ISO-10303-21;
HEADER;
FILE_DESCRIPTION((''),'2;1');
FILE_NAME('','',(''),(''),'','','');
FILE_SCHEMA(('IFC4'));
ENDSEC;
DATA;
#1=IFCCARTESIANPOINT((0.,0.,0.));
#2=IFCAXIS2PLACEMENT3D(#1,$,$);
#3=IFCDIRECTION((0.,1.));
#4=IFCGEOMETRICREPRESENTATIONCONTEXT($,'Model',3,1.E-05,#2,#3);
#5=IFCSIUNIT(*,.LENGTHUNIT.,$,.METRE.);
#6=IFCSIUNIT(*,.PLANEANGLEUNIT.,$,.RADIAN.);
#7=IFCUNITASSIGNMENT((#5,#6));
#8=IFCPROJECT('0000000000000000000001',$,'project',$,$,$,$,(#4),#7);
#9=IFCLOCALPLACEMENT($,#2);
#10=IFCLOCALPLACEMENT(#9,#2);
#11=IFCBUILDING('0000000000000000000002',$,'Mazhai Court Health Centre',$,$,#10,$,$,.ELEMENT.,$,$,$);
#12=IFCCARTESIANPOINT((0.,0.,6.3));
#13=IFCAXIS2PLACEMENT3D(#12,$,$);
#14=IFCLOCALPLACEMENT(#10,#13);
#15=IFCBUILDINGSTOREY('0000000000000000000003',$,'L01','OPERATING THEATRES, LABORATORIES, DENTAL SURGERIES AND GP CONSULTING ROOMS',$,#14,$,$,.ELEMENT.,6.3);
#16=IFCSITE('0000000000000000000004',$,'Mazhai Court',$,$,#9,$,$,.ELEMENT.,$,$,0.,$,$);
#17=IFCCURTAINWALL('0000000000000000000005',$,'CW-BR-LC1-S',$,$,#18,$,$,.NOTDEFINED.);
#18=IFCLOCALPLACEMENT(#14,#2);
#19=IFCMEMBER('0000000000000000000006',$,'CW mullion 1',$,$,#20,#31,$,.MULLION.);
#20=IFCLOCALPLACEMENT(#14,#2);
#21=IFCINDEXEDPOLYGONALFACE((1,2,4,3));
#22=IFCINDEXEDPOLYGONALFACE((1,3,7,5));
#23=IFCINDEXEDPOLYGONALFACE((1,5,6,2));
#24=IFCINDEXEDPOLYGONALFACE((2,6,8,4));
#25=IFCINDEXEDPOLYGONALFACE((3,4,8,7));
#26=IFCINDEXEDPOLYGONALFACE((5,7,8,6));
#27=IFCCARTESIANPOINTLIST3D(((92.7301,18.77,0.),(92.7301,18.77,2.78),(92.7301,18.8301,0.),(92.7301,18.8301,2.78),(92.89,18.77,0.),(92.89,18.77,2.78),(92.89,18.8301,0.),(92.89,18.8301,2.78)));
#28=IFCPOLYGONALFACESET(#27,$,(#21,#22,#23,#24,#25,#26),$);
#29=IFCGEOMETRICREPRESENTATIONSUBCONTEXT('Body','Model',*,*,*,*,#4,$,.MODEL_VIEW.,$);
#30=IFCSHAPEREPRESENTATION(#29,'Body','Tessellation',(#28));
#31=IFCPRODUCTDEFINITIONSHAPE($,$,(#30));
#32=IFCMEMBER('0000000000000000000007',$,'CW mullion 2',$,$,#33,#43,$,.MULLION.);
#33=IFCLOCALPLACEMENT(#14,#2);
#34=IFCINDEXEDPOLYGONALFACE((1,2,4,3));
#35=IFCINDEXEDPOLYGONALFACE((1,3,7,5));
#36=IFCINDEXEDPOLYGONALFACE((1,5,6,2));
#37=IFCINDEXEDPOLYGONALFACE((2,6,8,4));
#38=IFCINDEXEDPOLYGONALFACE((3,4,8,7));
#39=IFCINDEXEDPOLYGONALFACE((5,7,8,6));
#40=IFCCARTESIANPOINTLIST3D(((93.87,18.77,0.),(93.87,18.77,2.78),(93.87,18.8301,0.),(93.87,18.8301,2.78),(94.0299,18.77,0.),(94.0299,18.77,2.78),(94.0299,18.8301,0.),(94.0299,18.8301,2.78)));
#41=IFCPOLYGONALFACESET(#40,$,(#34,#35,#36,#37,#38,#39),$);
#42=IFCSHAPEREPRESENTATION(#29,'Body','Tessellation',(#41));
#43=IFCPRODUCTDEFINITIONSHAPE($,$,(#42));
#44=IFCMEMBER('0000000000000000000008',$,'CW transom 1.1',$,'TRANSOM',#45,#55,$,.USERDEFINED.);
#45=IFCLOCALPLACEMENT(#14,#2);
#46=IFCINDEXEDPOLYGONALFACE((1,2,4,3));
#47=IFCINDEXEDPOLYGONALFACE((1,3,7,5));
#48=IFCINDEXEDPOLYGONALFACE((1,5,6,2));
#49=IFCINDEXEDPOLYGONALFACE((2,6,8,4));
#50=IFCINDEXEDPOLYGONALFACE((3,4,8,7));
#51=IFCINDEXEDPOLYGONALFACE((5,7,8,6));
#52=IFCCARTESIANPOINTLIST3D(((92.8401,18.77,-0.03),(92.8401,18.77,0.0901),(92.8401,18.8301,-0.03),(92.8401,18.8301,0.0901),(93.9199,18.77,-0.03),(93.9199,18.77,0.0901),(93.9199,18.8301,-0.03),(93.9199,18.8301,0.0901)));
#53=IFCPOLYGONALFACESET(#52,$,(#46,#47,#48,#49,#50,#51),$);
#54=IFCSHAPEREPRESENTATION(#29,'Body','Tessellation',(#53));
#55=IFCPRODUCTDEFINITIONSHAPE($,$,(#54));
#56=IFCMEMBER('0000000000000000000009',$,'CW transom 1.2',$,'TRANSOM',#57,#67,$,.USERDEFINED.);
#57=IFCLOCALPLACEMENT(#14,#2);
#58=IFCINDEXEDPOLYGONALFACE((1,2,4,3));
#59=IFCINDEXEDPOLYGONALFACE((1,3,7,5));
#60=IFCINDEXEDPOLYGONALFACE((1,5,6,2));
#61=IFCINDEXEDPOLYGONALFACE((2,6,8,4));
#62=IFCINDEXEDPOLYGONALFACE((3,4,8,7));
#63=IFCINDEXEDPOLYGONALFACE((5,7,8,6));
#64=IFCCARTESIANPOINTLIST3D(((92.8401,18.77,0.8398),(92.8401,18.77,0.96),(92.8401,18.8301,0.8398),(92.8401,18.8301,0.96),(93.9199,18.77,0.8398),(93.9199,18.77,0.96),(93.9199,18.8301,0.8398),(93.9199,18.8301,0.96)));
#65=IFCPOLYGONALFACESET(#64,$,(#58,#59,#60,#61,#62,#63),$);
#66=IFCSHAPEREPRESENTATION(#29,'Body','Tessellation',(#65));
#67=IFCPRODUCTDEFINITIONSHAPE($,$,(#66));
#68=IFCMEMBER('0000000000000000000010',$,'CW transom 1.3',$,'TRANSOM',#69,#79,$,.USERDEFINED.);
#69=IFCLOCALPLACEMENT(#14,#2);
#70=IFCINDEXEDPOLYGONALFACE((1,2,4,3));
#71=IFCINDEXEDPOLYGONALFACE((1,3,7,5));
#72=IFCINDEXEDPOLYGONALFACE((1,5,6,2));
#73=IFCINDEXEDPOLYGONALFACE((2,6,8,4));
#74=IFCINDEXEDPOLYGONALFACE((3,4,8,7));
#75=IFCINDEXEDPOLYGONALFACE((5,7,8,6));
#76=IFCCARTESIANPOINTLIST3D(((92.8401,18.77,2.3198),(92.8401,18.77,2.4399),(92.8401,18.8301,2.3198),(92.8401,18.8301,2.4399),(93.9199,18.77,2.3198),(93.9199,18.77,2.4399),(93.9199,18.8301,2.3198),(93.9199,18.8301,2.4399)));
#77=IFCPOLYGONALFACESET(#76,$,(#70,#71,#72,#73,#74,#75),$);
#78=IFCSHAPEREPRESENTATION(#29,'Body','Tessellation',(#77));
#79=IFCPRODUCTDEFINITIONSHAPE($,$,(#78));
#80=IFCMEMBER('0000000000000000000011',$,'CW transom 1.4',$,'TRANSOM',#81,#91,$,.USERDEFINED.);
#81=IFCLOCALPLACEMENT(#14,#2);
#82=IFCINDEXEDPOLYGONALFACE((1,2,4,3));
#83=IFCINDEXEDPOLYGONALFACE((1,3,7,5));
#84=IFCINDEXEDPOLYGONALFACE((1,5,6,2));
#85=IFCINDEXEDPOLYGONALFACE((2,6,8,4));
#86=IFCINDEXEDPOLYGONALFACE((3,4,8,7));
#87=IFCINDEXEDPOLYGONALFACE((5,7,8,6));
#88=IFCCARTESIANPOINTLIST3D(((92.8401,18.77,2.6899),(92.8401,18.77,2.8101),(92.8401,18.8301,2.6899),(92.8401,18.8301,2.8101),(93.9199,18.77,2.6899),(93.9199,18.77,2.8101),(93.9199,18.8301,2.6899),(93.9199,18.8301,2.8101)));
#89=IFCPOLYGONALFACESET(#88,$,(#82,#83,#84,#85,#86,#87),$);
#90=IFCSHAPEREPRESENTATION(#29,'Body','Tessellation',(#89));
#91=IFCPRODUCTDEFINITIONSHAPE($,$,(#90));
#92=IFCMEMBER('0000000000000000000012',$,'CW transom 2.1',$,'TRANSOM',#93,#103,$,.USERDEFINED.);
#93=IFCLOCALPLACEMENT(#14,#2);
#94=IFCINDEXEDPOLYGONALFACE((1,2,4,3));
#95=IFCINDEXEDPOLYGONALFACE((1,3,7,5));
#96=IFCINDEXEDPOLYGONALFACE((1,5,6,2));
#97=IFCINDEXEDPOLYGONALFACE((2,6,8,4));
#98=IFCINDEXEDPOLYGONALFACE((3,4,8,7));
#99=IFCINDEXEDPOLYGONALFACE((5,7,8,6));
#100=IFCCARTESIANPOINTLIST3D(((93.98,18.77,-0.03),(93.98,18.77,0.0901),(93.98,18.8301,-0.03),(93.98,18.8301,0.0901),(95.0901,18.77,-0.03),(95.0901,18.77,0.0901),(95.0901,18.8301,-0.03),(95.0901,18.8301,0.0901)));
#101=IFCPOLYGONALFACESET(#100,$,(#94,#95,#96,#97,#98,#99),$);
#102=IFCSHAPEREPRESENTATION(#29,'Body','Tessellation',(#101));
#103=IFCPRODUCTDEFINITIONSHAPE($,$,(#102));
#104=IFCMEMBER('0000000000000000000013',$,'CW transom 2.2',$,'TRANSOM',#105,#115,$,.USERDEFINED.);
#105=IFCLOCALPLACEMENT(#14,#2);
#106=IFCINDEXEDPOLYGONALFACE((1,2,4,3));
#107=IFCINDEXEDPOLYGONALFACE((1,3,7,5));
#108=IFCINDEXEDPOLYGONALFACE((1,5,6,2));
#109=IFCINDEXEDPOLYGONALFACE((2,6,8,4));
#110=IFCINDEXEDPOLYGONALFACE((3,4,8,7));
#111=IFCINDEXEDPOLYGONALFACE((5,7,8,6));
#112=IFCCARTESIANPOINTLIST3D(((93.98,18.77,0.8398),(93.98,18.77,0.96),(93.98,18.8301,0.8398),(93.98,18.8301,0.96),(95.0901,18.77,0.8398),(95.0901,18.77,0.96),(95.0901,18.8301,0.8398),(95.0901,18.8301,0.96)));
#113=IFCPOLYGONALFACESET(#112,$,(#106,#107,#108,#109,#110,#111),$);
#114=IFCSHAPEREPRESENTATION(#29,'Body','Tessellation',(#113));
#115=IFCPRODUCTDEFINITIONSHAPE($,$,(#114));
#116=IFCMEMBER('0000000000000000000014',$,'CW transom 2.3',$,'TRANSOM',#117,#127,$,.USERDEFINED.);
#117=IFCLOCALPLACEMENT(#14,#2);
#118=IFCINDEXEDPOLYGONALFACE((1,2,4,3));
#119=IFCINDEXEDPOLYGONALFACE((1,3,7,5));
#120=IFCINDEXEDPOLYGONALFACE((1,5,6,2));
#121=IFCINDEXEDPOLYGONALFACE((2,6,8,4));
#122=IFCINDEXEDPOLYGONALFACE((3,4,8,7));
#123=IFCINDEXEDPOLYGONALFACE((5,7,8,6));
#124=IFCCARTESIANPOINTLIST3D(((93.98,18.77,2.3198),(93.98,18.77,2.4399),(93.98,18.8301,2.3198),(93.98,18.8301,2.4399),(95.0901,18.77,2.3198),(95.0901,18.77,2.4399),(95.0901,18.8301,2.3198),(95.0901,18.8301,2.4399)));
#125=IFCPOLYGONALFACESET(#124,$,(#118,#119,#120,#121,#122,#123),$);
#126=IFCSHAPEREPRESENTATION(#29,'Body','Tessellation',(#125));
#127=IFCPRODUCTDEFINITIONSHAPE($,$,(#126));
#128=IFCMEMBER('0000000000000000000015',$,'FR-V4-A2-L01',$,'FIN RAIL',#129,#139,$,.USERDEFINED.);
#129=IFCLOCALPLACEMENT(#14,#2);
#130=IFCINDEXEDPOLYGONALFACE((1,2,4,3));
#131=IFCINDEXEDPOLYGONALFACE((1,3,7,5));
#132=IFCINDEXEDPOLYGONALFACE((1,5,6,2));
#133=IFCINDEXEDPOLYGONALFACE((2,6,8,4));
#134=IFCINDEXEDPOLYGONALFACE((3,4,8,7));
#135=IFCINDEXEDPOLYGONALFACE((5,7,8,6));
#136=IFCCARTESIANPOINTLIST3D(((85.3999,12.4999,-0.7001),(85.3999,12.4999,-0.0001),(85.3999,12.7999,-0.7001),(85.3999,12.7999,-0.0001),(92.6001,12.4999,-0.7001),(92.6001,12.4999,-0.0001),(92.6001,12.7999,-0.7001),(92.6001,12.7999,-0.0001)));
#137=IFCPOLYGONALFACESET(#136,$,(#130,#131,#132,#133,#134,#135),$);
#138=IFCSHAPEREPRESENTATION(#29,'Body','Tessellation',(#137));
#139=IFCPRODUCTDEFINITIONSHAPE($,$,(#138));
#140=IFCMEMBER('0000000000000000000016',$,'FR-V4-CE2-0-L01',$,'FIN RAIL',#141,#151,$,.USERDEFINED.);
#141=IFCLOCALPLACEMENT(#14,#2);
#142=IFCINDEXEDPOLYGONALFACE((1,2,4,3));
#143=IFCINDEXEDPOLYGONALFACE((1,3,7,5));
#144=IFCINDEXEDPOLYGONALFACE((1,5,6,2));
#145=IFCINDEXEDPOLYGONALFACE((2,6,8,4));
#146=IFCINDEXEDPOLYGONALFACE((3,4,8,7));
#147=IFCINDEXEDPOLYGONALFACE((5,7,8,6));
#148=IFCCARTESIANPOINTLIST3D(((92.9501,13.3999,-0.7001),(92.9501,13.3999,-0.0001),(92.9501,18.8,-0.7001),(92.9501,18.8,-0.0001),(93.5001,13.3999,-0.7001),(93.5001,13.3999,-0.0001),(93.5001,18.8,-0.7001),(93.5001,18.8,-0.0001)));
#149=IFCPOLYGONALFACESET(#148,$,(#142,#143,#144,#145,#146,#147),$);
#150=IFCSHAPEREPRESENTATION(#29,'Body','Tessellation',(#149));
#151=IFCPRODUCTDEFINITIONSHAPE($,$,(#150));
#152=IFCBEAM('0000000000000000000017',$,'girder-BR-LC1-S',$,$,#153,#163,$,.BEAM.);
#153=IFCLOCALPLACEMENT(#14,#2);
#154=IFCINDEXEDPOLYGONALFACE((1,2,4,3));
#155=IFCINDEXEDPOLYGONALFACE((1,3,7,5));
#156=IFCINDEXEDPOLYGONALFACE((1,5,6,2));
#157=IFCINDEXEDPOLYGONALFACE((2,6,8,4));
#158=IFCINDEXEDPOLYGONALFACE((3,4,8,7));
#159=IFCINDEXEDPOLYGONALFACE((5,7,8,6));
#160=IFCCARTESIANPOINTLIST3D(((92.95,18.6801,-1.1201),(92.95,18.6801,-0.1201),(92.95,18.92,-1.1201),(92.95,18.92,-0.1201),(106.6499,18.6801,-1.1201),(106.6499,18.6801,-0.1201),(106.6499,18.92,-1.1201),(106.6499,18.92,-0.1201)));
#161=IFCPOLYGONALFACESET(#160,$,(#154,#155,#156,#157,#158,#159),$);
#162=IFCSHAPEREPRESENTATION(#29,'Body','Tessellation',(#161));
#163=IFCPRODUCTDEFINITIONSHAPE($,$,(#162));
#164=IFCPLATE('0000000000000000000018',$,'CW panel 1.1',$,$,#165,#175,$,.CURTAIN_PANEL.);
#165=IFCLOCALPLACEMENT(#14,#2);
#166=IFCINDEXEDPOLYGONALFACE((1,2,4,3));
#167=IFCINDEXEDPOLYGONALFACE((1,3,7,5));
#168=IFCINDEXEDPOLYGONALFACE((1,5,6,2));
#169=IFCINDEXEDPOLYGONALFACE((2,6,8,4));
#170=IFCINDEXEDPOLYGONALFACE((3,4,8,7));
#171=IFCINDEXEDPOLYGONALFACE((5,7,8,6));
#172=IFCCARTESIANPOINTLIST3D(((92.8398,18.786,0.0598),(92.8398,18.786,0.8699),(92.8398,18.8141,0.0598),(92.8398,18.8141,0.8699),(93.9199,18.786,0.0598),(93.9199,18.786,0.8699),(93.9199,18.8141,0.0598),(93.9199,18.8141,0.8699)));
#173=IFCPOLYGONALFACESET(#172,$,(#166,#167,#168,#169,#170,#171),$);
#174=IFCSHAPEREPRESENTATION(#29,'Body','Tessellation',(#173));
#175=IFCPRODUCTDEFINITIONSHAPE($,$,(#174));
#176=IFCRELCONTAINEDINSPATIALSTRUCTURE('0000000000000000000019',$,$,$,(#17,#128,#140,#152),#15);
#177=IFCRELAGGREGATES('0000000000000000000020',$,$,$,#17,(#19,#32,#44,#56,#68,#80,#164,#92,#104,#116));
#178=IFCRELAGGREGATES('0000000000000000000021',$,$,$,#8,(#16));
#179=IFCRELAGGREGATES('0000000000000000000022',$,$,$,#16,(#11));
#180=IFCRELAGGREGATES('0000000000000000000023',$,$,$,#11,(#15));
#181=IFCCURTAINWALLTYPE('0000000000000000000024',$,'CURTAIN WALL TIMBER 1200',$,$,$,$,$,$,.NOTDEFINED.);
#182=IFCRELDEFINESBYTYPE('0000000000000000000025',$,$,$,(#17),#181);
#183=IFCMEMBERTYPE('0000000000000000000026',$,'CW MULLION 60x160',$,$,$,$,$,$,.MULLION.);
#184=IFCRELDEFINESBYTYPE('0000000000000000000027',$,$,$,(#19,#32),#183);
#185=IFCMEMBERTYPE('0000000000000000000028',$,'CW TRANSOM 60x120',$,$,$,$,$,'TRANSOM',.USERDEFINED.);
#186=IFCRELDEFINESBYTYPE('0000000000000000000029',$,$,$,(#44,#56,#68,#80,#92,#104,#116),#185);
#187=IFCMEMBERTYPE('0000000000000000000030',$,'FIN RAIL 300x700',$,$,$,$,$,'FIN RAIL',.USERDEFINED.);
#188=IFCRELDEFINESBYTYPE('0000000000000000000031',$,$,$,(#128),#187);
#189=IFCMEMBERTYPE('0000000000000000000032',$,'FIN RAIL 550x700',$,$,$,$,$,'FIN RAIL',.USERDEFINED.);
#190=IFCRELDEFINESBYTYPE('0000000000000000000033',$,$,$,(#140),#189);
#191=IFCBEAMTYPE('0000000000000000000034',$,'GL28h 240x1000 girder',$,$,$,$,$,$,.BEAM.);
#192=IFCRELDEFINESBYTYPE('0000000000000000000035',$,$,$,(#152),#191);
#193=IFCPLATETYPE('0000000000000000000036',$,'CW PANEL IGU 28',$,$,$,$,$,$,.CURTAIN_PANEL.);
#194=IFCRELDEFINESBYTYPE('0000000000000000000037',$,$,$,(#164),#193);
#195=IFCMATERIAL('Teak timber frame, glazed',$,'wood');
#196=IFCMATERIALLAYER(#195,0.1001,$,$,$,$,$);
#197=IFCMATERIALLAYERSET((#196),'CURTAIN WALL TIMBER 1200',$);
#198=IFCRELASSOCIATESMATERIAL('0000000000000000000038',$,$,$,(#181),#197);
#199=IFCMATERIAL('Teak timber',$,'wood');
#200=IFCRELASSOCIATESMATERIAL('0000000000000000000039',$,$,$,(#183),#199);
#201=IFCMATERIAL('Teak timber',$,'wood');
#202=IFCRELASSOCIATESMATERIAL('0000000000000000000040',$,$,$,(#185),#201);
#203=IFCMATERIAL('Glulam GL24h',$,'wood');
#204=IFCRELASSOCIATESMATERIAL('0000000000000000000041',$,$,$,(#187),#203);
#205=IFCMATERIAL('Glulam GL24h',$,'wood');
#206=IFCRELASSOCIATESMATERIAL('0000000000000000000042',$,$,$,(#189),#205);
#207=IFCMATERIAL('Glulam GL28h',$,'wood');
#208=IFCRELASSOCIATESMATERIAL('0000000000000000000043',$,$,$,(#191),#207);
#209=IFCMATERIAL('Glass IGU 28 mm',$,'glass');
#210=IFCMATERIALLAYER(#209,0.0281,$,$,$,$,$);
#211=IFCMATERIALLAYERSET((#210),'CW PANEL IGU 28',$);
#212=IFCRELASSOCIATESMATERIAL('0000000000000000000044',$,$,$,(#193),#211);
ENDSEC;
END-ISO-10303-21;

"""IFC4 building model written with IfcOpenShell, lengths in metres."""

from ifc_helpers import new_model, si_unit, direction, frame, origin, origin_2d, place, context, subcontext, project, spatial, rectangle, extrude, material, layer, layer_set, material_profile, profile_set, type_object, element, aggregate, save


model = new_model("IFC4")

# Units and contexts
model_context = context("Model", 3, precision=1e-05, world=origin(), true_north=direction((0.0, 1.0)))
body_context = subcontext(model_context, "Body", "Model", "MODEL_VIEW")
ifc_project = project(units=[si_unit("LENGTHUNIT", "METRE"), si_unit("PLANEANGLEUNIT", "RADIAN")], contexts=[model_context])

# Site, building, storey
site_placement = place(None, origin())
site = spatial("IfcSite", under=ifc_project, at=site_placement, Name="Mazhai Court", CompositionType="ELEMENT", RefElevation=0.0)
building_placement = place(site_placement, origin())
building = spatial("IfcBuilding", under=site, at=building_placement, Name="Mazhai Court Health Centre", CompositionType="ELEMENT")
storey_placement = place(building_placement, frame((0.0, 0.0, 6.3)))
storey = spatial("IfcBuildingStorey", under=building, at=storey_placement, Name="L01", Description="OPERATING THEATRES, LABORATORIES, DENTAL SURGERIES AND GP CONSULTING ROOMS", CompositionType="ELEMENT", Elevation=6.3)

# Curtain wall, members
ifc_material_1 = material(Name="Teak timber frame, glazed", Category="wood")
ifc_layer_1 = layer(ifc_material_1, 0.1001)
ifc_layer_set_1 = layer_set([ifc_layer_1], Name="CURTAIN WALL TIMBER 1200")
curtain_wall_type = type_object("IfcCurtainWallType", Name="CURTAIN WALL TIMBER 1200", PredefinedType="NOTDEFINED", material=ifc_layer_set_1)
curtain_wall_placement = place(storey_placement, origin())
curtain_wall = element("IfcCurtainWall", 1, at=curtain_wall_placement, inside=storey, type_object=curtain_wall_type, Name="CW-BR-LC1-S", PredefinedType="NOTDEFINED")
ifc_material_2 = material(Name="Teak timber", Category="wood")
ifc_material_profile_1 = material_profile(ifc_material_2, rectangle(XDim=0.0601, YDim=0.1599, at=origin_2d()), Name="CW MULLION 60x160")
ifc_profile_set_1 = profile_set([ifc_material_profile_1], Name="Teak timber")
member_type_1 = type_object("IfcMemberType", Name="CW MULLION 60x160", PredefinedType="MULLION", material=ifc_profile_set_1)
member_1_placement = place(storey_placement, frame((92.8101, 18.8, 0.0), z_axis=(0.0, 0.0, 1.0), x_axis=(0.0, 1.0, 0.0)))
member_1 = element("IfcMember", 2, at=member_1_placement, type_object=member_type_1, Name="CW mullion 1", PredefinedType="MULLION", context=body_context, shape_type="SweptSolid", body=[
    extrude(rectangle(XDim=0.0601, YDim=0.1599, at=origin_2d()), origin(), (0.0, 0.0, 1.0), 2.78),
])
member_2_placement = place(storey_placement, frame((93.95, 18.8, 0.0), z_axis=(0.0, 0.0, 1.0), x_axis=(0.0, 1.0, 0.0)))
member_2 = element("IfcMember", 3, at=member_2_placement, type_object=member_type_1, Name="CW mullion 2", PredefinedType="MULLION", context=body_context, shape_type="SweptSolid", body=[
    extrude(rectangle(XDim=0.0601, YDim=0.1599, at=origin_2d()), origin(), (0.0, 0.0, 1.0), 2.78),
])
ifc_material_3 = material(Name="Teak timber", Category="wood")
ifc_material_profile_2 = material_profile(ifc_material_3, rectangle(XDim=0.0601, YDim=0.1201, at=origin_2d()), Name="CW TRANSOM 60x120")
ifc_profile_set_2 = profile_set([ifc_material_profile_2], Name="Teak timber")
member_type_2 = type_object("IfcMemberType", Name="CW TRANSOM 60x120", ElementType="TRANSOM", PredefinedType="USERDEFINED", material=ifc_profile_set_2)
member_3_placement = place(storey_placement, frame((92.8401, 18.8, 0.03), z_axis=(1.0, 0.0, 0.0), x_axis=(0.0, 1.0, 0.0)))
member_3 = element("IfcMember", 4, at=member_3_placement, type_object=member_type_2, Name="CW transom 1.1", ObjectType="TRANSOM", PredefinedType="USERDEFINED", context=body_context, shape_type="SweptSolid", body=[
    extrude(rectangle(XDim=0.0601, YDim=0.1201, at=origin_2d()), origin(), (0.0, 0.0, 1.0), 1.0798),
])
member_4_placement = place(storey_placement, frame((92.8401, 18.8, 0.8999), z_axis=(1.0, 0.0, 0.0), x_axis=(0.0, 1.0, 0.0)))
member_4 = element("IfcMember", 5, at=member_4_placement, type_object=member_type_2, Name="CW transom 1.2", ObjectType="TRANSOM", PredefinedType="USERDEFINED", context=body_context, shape_type="SweptSolid", body=[
    extrude(rectangle(XDim=0.0601, YDim=0.1201, at=origin_2d()), origin(), (0.0, 0.0, 1.0), 1.0798),
])
member_5_placement = place(storey_placement, frame((92.8401, 18.8, 2.3799), z_axis=(1.0, 0.0, 0.0), x_axis=(0.0, 1.0, 0.0)))
member_5 = element("IfcMember", 6, at=member_5_placement, type_object=member_type_2, Name="CW transom 1.3", ObjectType="TRANSOM", PredefinedType="USERDEFINED", context=body_context, shape_type="SweptSolid", body=[
    extrude(rectangle(XDim=0.0601, YDim=0.1201, at=origin_2d()), origin(), (0.0, 0.0, 1.0), 1.0798),
])
member_6_placement = place(storey_placement, frame((92.8401, 18.8, 2.75), z_axis=(1.0, 0.0, 0.0), x_axis=(0.0, 1.0, 0.0)))
member_6 = element("IfcMember", 7, at=member_6_placement, type_object=member_type_2, Name="CW transom 1.4", ObjectType="TRANSOM", PredefinedType="USERDEFINED", context=body_context, shape_type="SweptSolid", body=[
    extrude(rectangle(XDim=0.0601, YDim=0.1201, at=origin_2d()), origin(), (0.0, 0.0, 1.0), 1.0798),
])
member_7_placement = place(storey_placement, frame((93.98, 18.8, 0.03), z_axis=(1.0, 0.0, 0.0), x_axis=(0.0, 1.0, 0.0)))
member_7 = element("IfcMember", 8, at=member_7_placement, type_object=member_type_2, Name="CW transom 2.1", ObjectType="TRANSOM", PredefinedType="USERDEFINED", context=body_context, shape_type="SweptSolid", body=[
    extrude(rectangle(XDim=0.0601, YDim=0.1201, at=origin_2d()), origin(), (0.0, 0.0, 1.0), 1.1101),
])
member_8_placement = place(storey_placement, frame((93.98, 18.8, 0.8999), z_axis=(1.0, 0.0, 0.0), x_axis=(0.0, 1.0, 0.0)))
member_8 = element("IfcMember", 9, at=member_8_placement, type_object=member_type_2, Name="CW transom 2.2", ObjectType="TRANSOM", PredefinedType="USERDEFINED", context=body_context, shape_type="SweptSolid", body=[
    extrude(rectangle(XDim=0.0601, YDim=0.1201, at=origin_2d()), origin(), (0.0, 0.0, 1.0), 1.1101),
])
member_9_placement = place(storey_placement, frame((93.98, 18.8, 2.3799), z_axis=(1.0, 0.0, 0.0), x_axis=(0.0, 1.0, 0.0)))
member_9 = element("IfcMember", 10, at=member_9_placement, type_object=member_type_2, Name="CW transom 2.3", ObjectType="TRANSOM", PredefinedType="USERDEFINED", context=body_context, shape_type="SweptSolid", body=[
    extrude(rectangle(XDim=0.0601, YDim=0.1201, at=origin_2d()), origin(), (0.0, 0.0, 1.0), 1.1101),
])

# Members
ifc_material_4 = material(Name="Glulam GL24h", Category="wood")
ifc_material_profile_3 = material_profile(ifc_material_4, rectangle(XDim=0.3, YDim=0.7, at=origin_2d()), Name="FIN RAIL 300x700")
ifc_profile_set_3 = profile_set([ifc_material_profile_3], Name="Glulam GL24h")
member_type_3 = type_object("IfcMemberType", Name="FIN RAIL 300x700", ElementType="FIN RAIL", PredefinedType="USERDEFINED", material=ifc_profile_set_3)
member_10_placement = place(storey_placement, frame((92.6001, 12.6499, -0.3501), z_axis=(-1.0, 0.0, 0.0), x_axis=(0.0, -1.0, 0.0)))
element("IfcMember", 11, at=member_10_placement, inside=storey, type_object=member_type_3, Name="FR-V4-A2-L01", ObjectType="FIN RAIL", PredefinedType="USERDEFINED", context=body_context, shape_type="SweptSolid", body=[
    extrude(rectangle(XDim=0.3, YDim=0.7, at=origin_2d()), origin(), (0.0, 0.0, 1.0), 7.2002),
])
ifc_material_5 = material(Name="Glulam GL24h", Category="wood")
ifc_material_profile_4 = material_profile(ifc_material_5, rectangle(XDim=0.55, YDim=0.7, at=origin_2d()), Name="FIN RAIL 550x700")
ifc_profile_set_4 = profile_set([ifc_material_profile_4], Name="Glulam GL24h")
member_type_4 = type_object("IfcMemberType", Name="FIN RAIL 550x700", ElementType="FIN RAIL", PredefinedType="USERDEFINED", material=ifc_profile_set_4)
member_11_placement = place(storey_placement, frame((93.2251, 18.8, -0.3501), z_axis=(0.0, -1.0, 0.0), x_axis=(1.0, 0.0, 0.0)))
element("IfcMember", 12, at=member_11_placement, inside=storey, type_object=member_type_4, Name="FR-V4-CE2-0-L01", ObjectType="FIN RAIL", PredefinedType="USERDEFINED", context=body_context, shape_type="SweptSolid", body=[
    extrude(rectangle(XDim=0.55, YDim=0.7, at=origin_2d()), origin(), (0.0, 0.0, 1.0), 5.4001),
])

# Beam
ifc_material_6 = material(Name="Glulam GL28h", Category="wood")
ifc_material_profile_5 = material_profile(ifc_material_6, rectangle(XDim=0.24, YDim=1.0, at=origin_2d()), Name="GL28h 240x1000")
ifc_profile_set_5 = profile_set([ifc_material_profile_5], Name="Glulam GL28h")
beam_type = type_object("IfcBeamType", Name="GL28h 240x1000 girder", PredefinedType="BEAM", material=ifc_profile_set_5)
beam_placement = place(storey_placement, frame((92.95, 18.8, -0.6201), z_axis=(1.0, 0.0, 0.0), x_axis=(0.0, 1.0, 0.0)))
element("IfcBeam", 13, at=beam_placement, inside=storey, type_object=beam_type, Name="girder-BR-LC1-S", PredefinedType="BEAM", context=body_context, shape_type="SweptSolid", body=[
    extrude(rectangle(XDim=0.24, YDim=1.0, at=origin_2d()), origin(), (0.0, 0.0, 1.0), 13.7),
])

# Plate
ifc_material_7 = material(Name="Glass IGU 28 mm", Category="glass")
ifc_layer_2 = layer(ifc_material_7, 0.0281)
ifc_layer_set_2 = layer_set([ifc_layer_2], Name="CW PANEL IGU 28")
plate_type = type_object("IfcPlateType", Name="CW PANEL IGU 28", PredefinedType="CURTAIN_PANEL", material=ifc_layer_set_2)
plate_1_placement = place(storey_placement, frame((93.3799, 18.8, 0.0598), z_axis=(0.0, 0.0, 1.0), x_axis=(1.0, 0.0, 0.0)))
plate_1 = element("IfcPlate", 14, at=plate_1_placement, type_object=plate_type, Name="CW panel 1.1", PredefinedType="CURTAIN_PANEL", context=body_context, shape_type="SweptSolid", body=[
    extrude(rectangle(XDim=1.0801, YDim=0.0281, at=origin_2d()), origin(), (0.0, 0.0, 1.0), 0.8101),
])
aggregate(curtain_wall, [member_1, member_2, member_3, member_4, member_5, member_6, plate_1, member_7, member_8, member_9])

save(model, "model.ifc")
